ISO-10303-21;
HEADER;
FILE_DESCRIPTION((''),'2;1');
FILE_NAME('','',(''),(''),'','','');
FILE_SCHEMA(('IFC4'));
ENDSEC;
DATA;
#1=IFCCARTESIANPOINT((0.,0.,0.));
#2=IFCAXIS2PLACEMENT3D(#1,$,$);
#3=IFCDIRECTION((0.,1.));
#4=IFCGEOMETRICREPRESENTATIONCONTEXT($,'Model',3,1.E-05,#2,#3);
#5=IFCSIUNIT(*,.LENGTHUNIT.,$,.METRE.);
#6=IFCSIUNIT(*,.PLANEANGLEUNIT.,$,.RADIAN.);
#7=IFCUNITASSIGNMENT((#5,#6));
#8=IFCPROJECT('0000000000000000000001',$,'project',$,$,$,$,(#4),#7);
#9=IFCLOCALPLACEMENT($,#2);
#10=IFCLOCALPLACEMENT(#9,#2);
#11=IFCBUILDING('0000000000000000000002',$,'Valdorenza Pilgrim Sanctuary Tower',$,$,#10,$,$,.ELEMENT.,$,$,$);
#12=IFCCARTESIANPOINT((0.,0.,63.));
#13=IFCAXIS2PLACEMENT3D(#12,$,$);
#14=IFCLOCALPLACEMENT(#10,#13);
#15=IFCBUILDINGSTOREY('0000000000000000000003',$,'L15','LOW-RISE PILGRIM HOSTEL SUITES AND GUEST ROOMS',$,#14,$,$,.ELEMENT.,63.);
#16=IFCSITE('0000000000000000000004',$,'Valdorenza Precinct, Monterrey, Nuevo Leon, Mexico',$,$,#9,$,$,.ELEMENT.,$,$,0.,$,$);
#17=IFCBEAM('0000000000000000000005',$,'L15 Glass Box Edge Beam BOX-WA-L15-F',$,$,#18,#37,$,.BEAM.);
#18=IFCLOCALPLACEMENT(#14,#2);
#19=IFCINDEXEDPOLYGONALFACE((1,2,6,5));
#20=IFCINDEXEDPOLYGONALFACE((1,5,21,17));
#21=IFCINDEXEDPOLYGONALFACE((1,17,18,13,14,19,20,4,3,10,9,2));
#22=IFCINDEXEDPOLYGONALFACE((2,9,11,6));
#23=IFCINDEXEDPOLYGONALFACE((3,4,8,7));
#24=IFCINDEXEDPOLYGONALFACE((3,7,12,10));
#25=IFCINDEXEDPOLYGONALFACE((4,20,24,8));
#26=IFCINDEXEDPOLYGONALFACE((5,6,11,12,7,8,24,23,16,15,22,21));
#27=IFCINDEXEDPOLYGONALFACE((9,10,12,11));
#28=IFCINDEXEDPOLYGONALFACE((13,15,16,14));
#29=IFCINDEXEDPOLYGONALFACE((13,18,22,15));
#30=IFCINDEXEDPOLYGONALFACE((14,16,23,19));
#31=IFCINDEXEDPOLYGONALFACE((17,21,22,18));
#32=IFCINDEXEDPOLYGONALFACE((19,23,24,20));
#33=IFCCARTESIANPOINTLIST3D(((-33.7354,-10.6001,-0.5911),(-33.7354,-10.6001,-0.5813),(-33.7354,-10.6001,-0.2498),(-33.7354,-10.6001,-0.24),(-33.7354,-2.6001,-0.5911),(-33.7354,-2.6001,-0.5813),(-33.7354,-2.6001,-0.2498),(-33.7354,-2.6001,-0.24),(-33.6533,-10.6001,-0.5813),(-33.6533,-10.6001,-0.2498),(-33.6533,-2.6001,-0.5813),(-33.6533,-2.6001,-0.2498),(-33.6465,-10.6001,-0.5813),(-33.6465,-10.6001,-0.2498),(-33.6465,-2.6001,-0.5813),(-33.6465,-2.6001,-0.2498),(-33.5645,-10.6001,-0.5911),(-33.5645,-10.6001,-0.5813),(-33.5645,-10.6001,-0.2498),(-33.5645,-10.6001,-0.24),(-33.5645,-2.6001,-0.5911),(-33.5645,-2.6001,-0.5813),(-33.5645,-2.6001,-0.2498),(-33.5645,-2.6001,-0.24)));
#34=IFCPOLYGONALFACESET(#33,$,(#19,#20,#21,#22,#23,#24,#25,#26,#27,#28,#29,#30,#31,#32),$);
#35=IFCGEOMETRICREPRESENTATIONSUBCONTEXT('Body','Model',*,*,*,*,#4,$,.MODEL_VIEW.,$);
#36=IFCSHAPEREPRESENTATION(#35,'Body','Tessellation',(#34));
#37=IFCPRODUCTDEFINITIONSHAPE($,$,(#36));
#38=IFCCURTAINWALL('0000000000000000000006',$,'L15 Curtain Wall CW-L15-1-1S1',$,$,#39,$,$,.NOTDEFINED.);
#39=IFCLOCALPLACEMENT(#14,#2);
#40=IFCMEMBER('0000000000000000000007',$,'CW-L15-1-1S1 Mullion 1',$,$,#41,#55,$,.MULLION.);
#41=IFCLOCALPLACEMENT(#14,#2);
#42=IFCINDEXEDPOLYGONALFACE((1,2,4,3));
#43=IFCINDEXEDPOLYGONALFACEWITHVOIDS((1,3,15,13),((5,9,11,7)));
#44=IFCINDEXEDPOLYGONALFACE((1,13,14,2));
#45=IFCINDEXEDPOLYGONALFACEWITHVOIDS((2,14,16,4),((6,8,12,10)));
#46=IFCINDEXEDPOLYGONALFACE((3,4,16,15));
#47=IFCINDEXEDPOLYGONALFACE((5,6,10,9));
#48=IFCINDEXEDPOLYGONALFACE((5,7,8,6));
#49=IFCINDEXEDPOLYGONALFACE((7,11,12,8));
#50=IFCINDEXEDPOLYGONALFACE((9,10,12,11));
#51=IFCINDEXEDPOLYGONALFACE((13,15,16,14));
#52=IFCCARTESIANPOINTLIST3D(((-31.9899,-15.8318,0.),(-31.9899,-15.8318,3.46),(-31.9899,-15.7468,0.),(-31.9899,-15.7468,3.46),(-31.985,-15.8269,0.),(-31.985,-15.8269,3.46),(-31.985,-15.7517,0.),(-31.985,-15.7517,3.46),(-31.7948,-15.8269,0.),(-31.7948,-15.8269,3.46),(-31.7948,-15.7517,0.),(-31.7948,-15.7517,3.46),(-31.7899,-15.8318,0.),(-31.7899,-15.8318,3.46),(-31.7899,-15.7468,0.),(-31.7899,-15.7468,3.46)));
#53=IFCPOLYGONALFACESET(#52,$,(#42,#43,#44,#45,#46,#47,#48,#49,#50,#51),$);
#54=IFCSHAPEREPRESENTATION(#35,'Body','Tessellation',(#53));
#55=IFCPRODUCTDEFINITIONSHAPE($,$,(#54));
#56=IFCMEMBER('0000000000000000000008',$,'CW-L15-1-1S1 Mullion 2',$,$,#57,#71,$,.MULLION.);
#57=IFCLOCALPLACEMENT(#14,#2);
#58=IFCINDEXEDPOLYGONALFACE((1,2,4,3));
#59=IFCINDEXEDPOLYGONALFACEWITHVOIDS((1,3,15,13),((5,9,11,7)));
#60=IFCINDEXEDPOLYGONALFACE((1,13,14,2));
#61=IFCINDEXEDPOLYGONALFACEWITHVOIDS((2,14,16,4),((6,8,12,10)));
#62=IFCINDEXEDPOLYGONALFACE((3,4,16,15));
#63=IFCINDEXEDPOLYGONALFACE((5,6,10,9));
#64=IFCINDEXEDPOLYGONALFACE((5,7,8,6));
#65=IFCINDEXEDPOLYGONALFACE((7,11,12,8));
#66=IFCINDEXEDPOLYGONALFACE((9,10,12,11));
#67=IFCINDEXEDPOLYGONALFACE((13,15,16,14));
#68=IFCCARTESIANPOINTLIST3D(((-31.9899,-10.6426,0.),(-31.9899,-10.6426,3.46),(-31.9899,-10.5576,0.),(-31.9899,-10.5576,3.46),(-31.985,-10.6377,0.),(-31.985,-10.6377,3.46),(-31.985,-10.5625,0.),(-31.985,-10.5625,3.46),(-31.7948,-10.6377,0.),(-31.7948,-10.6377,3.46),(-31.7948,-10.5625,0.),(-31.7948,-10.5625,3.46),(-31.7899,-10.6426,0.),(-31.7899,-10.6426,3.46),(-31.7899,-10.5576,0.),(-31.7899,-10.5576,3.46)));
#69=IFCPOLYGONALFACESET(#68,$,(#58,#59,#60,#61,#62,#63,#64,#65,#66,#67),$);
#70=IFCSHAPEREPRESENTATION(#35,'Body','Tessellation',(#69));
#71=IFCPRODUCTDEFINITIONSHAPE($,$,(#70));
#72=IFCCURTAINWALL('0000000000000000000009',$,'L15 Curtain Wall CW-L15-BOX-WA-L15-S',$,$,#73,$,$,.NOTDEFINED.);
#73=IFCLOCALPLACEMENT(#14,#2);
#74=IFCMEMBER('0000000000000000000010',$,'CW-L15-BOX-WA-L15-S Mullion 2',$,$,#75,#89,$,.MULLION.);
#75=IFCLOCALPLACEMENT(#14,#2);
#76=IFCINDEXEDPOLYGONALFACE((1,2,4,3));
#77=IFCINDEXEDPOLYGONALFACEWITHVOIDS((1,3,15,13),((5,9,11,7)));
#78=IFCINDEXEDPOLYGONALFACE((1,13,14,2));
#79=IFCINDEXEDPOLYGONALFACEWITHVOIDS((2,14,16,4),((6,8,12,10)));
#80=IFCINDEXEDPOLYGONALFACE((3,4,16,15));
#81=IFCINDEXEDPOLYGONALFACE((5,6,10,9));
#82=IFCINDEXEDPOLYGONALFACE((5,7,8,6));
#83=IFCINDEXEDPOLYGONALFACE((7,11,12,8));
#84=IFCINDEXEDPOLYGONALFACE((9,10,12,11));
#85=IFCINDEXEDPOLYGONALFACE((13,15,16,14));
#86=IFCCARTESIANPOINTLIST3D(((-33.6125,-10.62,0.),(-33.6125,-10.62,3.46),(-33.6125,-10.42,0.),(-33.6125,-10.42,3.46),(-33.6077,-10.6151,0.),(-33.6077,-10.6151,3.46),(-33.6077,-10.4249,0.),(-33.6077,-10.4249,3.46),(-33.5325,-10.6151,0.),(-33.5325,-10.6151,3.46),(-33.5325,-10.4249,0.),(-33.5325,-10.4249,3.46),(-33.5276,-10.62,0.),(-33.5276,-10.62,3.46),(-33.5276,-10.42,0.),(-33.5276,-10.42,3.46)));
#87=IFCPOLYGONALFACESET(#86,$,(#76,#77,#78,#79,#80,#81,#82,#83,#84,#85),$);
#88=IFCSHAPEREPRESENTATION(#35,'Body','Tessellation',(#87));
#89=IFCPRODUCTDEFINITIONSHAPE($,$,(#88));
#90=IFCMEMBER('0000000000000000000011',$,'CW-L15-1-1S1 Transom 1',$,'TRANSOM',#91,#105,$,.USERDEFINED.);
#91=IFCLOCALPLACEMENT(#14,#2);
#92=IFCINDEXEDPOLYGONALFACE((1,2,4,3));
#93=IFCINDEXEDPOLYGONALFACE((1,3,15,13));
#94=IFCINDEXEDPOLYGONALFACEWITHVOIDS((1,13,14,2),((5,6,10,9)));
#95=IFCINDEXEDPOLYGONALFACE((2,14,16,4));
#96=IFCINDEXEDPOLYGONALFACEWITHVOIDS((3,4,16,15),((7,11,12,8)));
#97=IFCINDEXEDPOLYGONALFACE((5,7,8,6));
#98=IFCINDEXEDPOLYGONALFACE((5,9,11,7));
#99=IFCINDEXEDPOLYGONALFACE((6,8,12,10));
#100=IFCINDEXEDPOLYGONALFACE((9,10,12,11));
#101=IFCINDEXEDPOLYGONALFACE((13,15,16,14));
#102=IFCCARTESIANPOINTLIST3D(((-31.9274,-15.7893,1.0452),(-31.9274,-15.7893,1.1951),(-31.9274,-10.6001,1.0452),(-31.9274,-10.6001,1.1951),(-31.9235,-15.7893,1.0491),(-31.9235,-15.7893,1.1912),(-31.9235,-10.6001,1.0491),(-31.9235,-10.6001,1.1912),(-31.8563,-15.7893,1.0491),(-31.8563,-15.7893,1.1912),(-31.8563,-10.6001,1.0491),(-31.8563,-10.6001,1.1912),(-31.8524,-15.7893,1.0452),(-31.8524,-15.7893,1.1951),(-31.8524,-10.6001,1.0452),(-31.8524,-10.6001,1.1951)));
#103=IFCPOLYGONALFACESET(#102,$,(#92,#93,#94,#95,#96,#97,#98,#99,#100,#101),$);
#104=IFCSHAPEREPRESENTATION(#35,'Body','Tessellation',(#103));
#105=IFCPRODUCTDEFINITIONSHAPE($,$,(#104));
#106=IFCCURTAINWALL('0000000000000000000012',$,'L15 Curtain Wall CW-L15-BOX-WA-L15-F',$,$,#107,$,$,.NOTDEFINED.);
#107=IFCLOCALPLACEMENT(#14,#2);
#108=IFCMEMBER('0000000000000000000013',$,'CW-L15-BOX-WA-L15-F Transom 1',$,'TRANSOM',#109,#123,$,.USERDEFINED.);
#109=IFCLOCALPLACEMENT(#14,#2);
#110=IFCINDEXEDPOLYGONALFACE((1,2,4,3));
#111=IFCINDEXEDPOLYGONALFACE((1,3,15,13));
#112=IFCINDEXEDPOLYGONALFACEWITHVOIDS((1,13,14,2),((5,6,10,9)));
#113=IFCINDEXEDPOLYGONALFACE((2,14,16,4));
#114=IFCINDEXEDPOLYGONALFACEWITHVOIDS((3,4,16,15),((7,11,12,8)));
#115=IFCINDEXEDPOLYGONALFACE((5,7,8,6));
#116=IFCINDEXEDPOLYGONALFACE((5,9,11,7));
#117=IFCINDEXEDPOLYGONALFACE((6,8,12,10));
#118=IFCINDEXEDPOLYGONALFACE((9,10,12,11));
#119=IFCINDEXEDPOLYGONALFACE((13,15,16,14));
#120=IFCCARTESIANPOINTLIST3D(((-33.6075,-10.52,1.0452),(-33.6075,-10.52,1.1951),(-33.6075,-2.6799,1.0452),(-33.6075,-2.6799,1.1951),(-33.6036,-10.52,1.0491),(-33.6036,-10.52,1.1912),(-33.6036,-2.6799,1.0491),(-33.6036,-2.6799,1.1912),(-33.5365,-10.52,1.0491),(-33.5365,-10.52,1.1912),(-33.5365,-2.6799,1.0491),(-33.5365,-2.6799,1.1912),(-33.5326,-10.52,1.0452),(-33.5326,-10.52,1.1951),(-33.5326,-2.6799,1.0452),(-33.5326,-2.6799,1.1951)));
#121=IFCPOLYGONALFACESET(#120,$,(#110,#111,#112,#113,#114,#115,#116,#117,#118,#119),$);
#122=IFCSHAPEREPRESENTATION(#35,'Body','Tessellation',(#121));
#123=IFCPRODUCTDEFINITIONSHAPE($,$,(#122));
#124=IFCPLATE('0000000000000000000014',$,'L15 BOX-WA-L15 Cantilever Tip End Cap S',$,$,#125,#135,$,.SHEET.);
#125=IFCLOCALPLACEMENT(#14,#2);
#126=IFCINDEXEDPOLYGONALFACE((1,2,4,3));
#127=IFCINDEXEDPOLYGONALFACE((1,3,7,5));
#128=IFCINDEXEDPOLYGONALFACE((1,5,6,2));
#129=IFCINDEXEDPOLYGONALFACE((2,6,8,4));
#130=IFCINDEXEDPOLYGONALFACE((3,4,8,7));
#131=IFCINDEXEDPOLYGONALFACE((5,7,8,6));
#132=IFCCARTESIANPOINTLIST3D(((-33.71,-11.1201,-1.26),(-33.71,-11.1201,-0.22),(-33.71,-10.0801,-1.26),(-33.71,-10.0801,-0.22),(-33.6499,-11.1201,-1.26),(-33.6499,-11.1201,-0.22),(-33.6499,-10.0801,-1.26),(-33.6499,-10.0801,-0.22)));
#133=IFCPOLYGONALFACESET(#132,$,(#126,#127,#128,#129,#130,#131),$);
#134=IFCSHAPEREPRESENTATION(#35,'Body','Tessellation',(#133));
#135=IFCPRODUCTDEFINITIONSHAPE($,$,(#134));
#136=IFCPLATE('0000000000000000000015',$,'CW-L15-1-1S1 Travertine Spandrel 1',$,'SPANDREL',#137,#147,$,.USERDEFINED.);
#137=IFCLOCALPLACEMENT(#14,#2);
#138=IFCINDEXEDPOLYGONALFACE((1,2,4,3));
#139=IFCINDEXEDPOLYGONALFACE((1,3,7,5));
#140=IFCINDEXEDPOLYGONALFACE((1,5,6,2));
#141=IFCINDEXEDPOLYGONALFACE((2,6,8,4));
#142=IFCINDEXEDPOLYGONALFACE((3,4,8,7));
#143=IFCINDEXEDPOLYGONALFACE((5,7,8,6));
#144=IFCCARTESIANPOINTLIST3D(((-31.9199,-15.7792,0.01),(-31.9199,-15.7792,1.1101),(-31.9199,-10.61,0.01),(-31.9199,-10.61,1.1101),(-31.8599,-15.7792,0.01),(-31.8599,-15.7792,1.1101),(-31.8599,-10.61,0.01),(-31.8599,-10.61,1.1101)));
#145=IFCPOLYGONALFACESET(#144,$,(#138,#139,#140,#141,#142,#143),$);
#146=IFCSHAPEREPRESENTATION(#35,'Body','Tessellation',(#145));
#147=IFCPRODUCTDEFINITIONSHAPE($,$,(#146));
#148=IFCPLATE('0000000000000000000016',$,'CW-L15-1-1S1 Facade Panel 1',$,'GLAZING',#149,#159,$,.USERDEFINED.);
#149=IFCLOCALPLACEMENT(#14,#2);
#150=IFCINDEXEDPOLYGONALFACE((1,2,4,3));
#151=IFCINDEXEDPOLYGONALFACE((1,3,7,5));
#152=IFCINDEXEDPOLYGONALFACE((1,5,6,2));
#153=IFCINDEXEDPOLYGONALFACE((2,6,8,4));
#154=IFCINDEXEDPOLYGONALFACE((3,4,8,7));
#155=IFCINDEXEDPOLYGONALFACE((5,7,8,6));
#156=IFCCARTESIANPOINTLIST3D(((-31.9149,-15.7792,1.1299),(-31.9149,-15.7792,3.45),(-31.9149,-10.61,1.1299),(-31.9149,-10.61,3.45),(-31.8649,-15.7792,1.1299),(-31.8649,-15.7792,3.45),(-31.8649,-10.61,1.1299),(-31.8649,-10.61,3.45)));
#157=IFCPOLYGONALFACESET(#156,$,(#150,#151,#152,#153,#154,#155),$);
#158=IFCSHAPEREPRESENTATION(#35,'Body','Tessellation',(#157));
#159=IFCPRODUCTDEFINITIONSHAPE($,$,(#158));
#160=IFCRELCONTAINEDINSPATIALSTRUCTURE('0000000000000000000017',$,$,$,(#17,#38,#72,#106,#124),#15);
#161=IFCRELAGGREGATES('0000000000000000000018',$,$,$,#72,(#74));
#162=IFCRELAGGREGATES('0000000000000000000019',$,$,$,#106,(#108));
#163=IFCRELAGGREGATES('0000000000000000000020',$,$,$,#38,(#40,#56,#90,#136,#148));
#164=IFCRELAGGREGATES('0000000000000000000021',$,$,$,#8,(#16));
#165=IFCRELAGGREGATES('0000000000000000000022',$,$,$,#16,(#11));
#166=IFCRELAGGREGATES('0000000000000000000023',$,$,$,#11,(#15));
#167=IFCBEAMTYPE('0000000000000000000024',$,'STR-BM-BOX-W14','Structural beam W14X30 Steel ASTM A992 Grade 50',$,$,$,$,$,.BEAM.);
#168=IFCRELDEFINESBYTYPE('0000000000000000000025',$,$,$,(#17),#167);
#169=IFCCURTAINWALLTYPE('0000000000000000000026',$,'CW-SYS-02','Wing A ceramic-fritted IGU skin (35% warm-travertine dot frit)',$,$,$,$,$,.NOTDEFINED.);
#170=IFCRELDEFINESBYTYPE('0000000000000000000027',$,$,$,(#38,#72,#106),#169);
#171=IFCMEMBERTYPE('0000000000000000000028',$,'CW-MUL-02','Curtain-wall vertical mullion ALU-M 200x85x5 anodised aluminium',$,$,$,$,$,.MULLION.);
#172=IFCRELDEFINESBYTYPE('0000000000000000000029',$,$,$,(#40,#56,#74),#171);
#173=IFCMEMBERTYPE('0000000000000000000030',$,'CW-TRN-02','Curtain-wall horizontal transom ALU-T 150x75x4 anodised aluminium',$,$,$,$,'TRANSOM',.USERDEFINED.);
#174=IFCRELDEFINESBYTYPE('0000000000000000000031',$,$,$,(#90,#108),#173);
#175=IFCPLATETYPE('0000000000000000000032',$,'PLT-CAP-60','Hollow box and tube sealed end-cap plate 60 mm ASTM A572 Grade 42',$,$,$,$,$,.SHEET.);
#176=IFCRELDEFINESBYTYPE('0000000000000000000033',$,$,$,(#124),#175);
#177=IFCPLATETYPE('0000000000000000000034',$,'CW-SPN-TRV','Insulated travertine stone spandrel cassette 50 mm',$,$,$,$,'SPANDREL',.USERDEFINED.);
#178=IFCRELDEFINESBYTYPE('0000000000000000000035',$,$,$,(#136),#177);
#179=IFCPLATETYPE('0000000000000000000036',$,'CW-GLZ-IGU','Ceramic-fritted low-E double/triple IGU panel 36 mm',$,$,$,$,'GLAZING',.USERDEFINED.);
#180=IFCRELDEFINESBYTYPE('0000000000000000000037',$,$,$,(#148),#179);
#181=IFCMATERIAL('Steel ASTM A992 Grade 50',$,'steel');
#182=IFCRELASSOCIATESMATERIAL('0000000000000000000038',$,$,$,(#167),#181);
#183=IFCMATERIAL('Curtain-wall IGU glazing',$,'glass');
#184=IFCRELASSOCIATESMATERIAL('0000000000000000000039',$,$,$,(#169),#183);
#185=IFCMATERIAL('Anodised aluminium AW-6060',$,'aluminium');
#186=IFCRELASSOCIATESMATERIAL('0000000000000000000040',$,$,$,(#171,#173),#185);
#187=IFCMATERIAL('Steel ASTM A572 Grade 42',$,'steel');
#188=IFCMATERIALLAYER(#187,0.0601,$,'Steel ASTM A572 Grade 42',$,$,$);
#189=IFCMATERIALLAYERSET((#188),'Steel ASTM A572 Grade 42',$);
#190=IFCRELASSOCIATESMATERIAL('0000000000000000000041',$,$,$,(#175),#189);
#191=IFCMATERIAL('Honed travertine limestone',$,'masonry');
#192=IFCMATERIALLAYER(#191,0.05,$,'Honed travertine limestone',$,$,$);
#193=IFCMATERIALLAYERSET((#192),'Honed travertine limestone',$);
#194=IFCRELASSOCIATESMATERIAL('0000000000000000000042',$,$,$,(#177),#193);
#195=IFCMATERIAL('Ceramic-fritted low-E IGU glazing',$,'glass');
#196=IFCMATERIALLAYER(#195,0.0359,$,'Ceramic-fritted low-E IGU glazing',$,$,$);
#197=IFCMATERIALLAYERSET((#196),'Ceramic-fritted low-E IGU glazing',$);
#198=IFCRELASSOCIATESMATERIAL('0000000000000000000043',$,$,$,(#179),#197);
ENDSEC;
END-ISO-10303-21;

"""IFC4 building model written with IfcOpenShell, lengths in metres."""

from ifc_helpers import new_model, si_unit, direction, frame, origin, origin_2d, place, context, subcontext, project, spatial, rectangle, hollow_rectangle, i_section, extrude, source, transform, mapped, material, layer, layer_set, material_profile, profile_set, type_object, element, aggregate, save


model = new_model("IFC4")

# Units and contexts
model_context = context("Model", 3, precision=1e-05, world=origin(), true_north=direction((0.0, 1.0)))
body_context = subcontext(model_context, "Body", "Model", "MODEL_VIEW")
ifc_project = project(units=[si_unit("LENGTHUNIT", "METRE"), si_unit("PLANEANGLEUNIT", "RADIAN")], contexts=[model_context])

# Site, building, storey
site_placement = place(None, origin())
site = spatial("IfcSite", under=ifc_project, at=site_placement, Name="Valdorenza Precinct, Monterrey, Nuevo Leon, Mexico", CompositionType="ELEMENT", RefElevation=0.0)
building_placement = place(site_placement, origin())
building = spatial("IfcBuilding", under=site, at=building_placement, Name="Valdorenza Pilgrim Sanctuary Tower", CompositionType="ELEMENT")
storey_placement = place(building_placement, frame((0.0, 0.0, 63.0)))
storey = spatial("IfcBuildingStorey", under=building, at=storey_placement, Name="L15", Description="LOW-RISE PILGRIM HOSTEL SUITES AND GUEST ROOMS", CompositionType="ELEMENT", Elevation=63.0)

# Beam
ifc_material_1 = material(Name="Steel ASTM A992 Grade 50", Category="steel")
ifc_material_profile_1 = material_profile(ifc_material_1, i_section(OverallWidth=0.1709, OverallDepth=0.3511, WebThickness=0.0068, FlangeThickness=0.0098, at=origin_2d()), Name="W14X30")
ifc_profile_set_1 = profile_set([ifc_material_profile_1], Name="Steel ASTM A992 Grade 50")
beam_type = type_object("IfcBeamType", Name="STR-BM-BOX-W14", Description="Structural beam W14X30 Steel ASTM A992 Grade 50", PredefinedType="BEAM", material=ifc_profile_set_1)
shared_shape_1 = source(origin(), body_context, "Body", "SweptSolid", [
    extrude(i_section(OverallWidth=0.1709, OverallDepth=0.3511, WebThickness=0.0068, FlangeThickness=0.0098, at=origin_2d()), origin(), (0.0, 0.0, 1.0), 8.0),
])
beam_placement = place(storey_placement, frame((-33.6499, -10.6001, -0.4155), z_axis=(0.0, 1.0, 0.0), x_axis=(-1.0, 0.0, 0.0)))
element("IfcBeam", 1, at=beam_placement, inside=storey, type_object=beam_type, Name="L15 Glass Box Edge Beam BOX-WA-L15-F", PredefinedType="BEAM", context=body_context, shape_type="MappedRepresentation", body=[
    mapped(shared_shape_1, transform((0.0, 0.0, 0.0), x_axis=(1.0, 0.0, 0.0), y_axis=(0.0, 1.0, 0.0), z_axis=(0.0, 0.0, 1.0), scale=1.0)),
])

# Curtain wall, members
ifc_material_2 = material(Name="Curtain-wall IGU glazing", Category="glass")
curtain_wall_type = type_object("IfcCurtainWallType", Name="CW-SYS-02", Description="Wing A ceramic-fritted IGU skin (35% warm-travertine dot frit)", PredefinedType="NOTDEFINED", material=ifc_material_2)
curtain_wall_1_placement = place(storey_placement, origin())
curtain_wall_1 = element("IfcCurtainWall", 2, at=curtain_wall_1_placement, inside=storey, type_object=curtain_wall_type, Name="L15 Curtain Wall CW-L15-1-1S1", PredefinedType="NOTDEFINED")
ifc_material_3 = material(Name="Anodised aluminium AW-6060", Category="aluminium")
ifc_material_profile_2 = material_profile(ifc_material_3, hollow_rectangle(XDim=0.085, YDim=0.2, WallThickness=0.0049, at=origin_2d()), Name="ALU-M 200x85x5")
ifc_profile_set_2 = profile_set([ifc_material_profile_2], Name="Anodised aluminium AW-6060")
member_type_1 = type_object("IfcMemberType", Name="CW-MUL-02", Description="Curtain-wall vertical mullion ALU-M 200x85x5 anodised aluminium", PredefinedType="MULLION", material=ifc_profile_set_2)
shared_shape_2 = source(origin(), body_context, "Body", "SweptSolid", [
    extrude(hollow_rectangle(XDim=0.085, YDim=0.2, WallThickness=0.0049, at=origin_2d()), origin(), (0.0, 0.0, 1.0), 3.46),
])
member_1_placement = place(storey_placement, frame((-31.8899, -15.7893, 0.0), z_axis=(0.0, 0.0, 1.0), x_axis=(0.0, 1.0, 0.0)))
member_1 = element("IfcMember", 3, at=member_1_placement, type_object=member_type_1, Name="CW-L15-1-1S1 Mullion 1", PredefinedType="MULLION", context=body_context, shape_type="MappedRepresentation", body=[
    mapped(shared_shape_2, transform((0.0, 0.0, 0.0), x_axis=(1.0, 0.0, 0.0), y_axis=(0.0, 1.0, 0.0), z_axis=(0.0, 0.0, 1.0), scale=1.0)),
])
member_2_placement = place(storey_placement, frame((-31.8899, -10.6001, 0.0), z_axis=(0.0, 0.0, 1.0), x_axis=(0.0, 1.0, 0.0)))
member_2 = element("IfcMember", 4, at=member_2_placement, type_object=member_type_1, Name="CW-L15-1-1S1 Mullion 2", PredefinedType="MULLION", context=body_context, shape_type="MappedRepresentation", body=[
    mapped(shared_shape_2, transform((0.0, 0.0, 0.0), x_axis=(1.0, 0.0, 0.0), y_axis=(0.0, 1.0, 0.0), z_axis=(0.0, 0.0, 1.0), scale=1.0)),
])

# Curtain wall, member
curtain_wall_2_placement = place(storey_placement, origin())
curtain_wall_2 = element("IfcCurtainWall", 5, at=curtain_wall_2_placement, inside=storey, type_object=curtain_wall_type, Name="L15 Curtain Wall CW-L15-BOX-WA-L15-S", PredefinedType="NOTDEFINED")
member_3_placement = place(storey_placement, frame((-33.5701, -10.52, 0.0), z_axis=(0.0, 0.0, 1.0), x_axis=(-1.0, 0.0, 0.0)))
member_3 = element("IfcMember", 6, at=member_3_placement, type_object=member_type_1, Name="CW-L15-BOX-WA-L15-S Mullion 2", PredefinedType="MULLION", context=body_context, shape_type="MappedRepresentation", body=[
    mapped(shared_shape_2, transform((0.0, 0.0, 0.0), x_axis=(1.0, 0.0, 0.0), y_axis=(0.0, 1.0, 0.0), z_axis=(0.0, 0.0, 1.0), scale=1.0)),
])
aggregate(curtain_wall_2, [member_3])

# Member
ifc_material_profile_3 = material_profile(ifc_material_3, hollow_rectangle(XDim=0.075, YDim=0.1499, WallThickness=0.0039, at=origin_2d()), Name="ALU-T 150x75x4")
ifc_profile_set_3 = profile_set([ifc_material_profile_3], Name="Anodised aluminium AW-6060")
member_type_2 = type_object("IfcMemberType", Name="CW-TRN-02", Description="Curtain-wall horizontal transom ALU-T 150x75x4 anodised aluminium", ElementType="TRANSOM", PredefinedType="USERDEFINED", material=ifc_profile_set_3)
shared_shape_3 = source(origin(), body_context, "Body", "SweptSolid", [
    extrude(hollow_rectangle(XDim=0.075, YDim=0.1499, WallThickness=0.0039, at=origin_2d()), origin(), (0.0, 0.0, 1.0), 5.1892),
])
member_4_placement = place(storey_placement, frame((-31.8899, -15.7893, 1.1201), z_axis=(0.0, 1.0, 0.0), x_axis=(-1.0, 0.0, 0.0)))
member_4 = element("IfcMember", 7, at=member_4_placement, type_object=member_type_2, Name="CW-L15-1-1S1 Transom 1", ObjectType="TRANSOM", PredefinedType="USERDEFINED", context=body_context, shape_type="MappedRepresentation", body=[
    mapped(shared_shape_3, transform((0.0, 0.0, 0.0), x_axis=(1.0, 0.0, 0.0), y_axis=(0.0, 1.0, 0.0), z_axis=(0.0, 0.0, 1.0), scale=1.0)),
])

# Curtain wall, member
curtain_wall_3_placement = place(storey_placement, origin())
curtain_wall_3 = element("IfcCurtainWall", 8, at=curtain_wall_3_placement, inside=storey, type_object=curtain_wall_type, Name="L15 Curtain Wall CW-L15-BOX-WA-L15-F", PredefinedType="NOTDEFINED")
shared_shape_4 = source(origin(), body_context, "Body", "SweptSolid", [
    extrude(hollow_rectangle(XDim=0.075, YDim=0.1499, WallThickness=0.0039, at=origin_2d()), origin(), (0.0, 0.0, 1.0), 7.8401),
])
member_5_placement = place(storey_placement, frame((-33.5701, -10.52, 1.1201), z_axis=(0.0, 1.0, 0.0), x_axis=(-1.0, 0.0, 0.0)))
member_5 = element("IfcMember", 9, at=member_5_placement, type_object=member_type_2, Name="CW-L15-BOX-WA-L15-F Transom 1", ObjectType="TRANSOM", PredefinedType="USERDEFINED", context=body_context, shape_type="MappedRepresentation", body=[
    mapped(shared_shape_4, transform((0.0, 0.0, 0.0), x_axis=(1.0, 0.0, 0.0), y_axis=(0.0, 1.0, 0.0), z_axis=(0.0, 0.0, 1.0), scale=1.0)),
])
aggregate(curtain_wall_3, [member_5])

# Plates
ifc_material_4 = material(Name="Steel ASTM A572 Grade 42", Category="steel")
ifc_layer_1 = layer(ifc_material_4, 0.0601, Name="Steel ASTM A572 Grade 42")
ifc_layer_set_1 = layer_set([ifc_layer_1], Name="Steel ASTM A572 Grade 42")
plate_type_1 = type_object("IfcPlateType", Name="PLT-CAP-60", Description="Hollow box and tube sealed end-cap plate 60 mm ASTM A572 Grade 42", PredefinedType="SHEET", material=ifc_layer_set_1)
shared_shape_5 = source(origin(), body_context, "Body", "SweptSolid", [
    extrude(rectangle(XDim=0.0601, YDim=1.04, at=origin_2d()), origin(), (0.0, 0.0, 1.0), 1.04),
])
plate_1_placement = place(storey_placement, frame((-33.6799, -10.6001, -1.26), z_axis=(0.0, 0.0, 1.0), x_axis=(1.0, 0.0, 0.0)))
element("IfcPlate", 10, at=plate_1_placement, inside=storey, type_object=plate_type_1, Name="L15 BOX-WA-L15 Cantilever Tip End Cap S", PredefinedType="SHEET", context=body_context, shape_type="MappedRepresentation", body=[
    mapped(shared_shape_5, transform((0.0, 0.0, 0.0), x_axis=(1.0, 0.0, 0.0), y_axis=(0.0, 1.0, 0.0), z_axis=(0.0, 0.0, 1.0), scale=1.0)),
])
ifc_material_5 = material(Name="Honed travertine limestone", Category="masonry")
ifc_layer_2 = layer(ifc_material_5, 0.05, Name="Honed travertine limestone")
ifc_layer_set_2 = layer_set([ifc_layer_2], Name="Honed travertine limestone")
plate_type_2 = type_object("IfcPlateType", Name="CW-SPN-TRV", Description="Insulated travertine stone spandrel cassette 50 mm", ElementType="SPANDREL", PredefinedType="USERDEFINED", material=ifc_layer_set_2)
shared_shape_6 = source(origin(), body_context, "Body", "SweptSolid", [
    extrude(rectangle(XDim=5.1692, YDim=0.0601, at=origin_2d()), origin(), (0.0, 0.0, 1.0), 1.1001),
])
plate_2_placement = place(storey_placement, frame((-31.8899, -13.1946, 0.01), z_axis=(0.0, 0.0, 1.0), x_axis=(0.0, 1.0, 0.0)))
plate_2 = element("IfcPlate", 11, at=plate_2_placement, type_object=plate_type_2, Name="CW-L15-1-1S1 Travertine Spandrel 1", ObjectType="SPANDREL", PredefinedType="USERDEFINED", context=body_context, shape_type="MappedRepresentation", body=[
    mapped(shared_shape_6, transform((0.0, 0.0, 0.0), x_axis=(1.0, 0.0, 0.0), y_axis=(0.0, 1.0, 0.0), z_axis=(0.0, 0.0, 1.0), scale=1.0)),
])
ifc_material_6 = material(Name="Ceramic-fritted low-E IGU glazing", Category="glass")
ifc_layer_3 = layer(ifc_material_6, 0.0359, Name="Ceramic-fritted low-E IGU glazing")
ifc_layer_set_3 = layer_set([ifc_layer_3], Name="Ceramic-fritted low-E IGU glazing")
plate_type_3 = type_object("IfcPlateType", Name="CW-GLZ-IGU", Description="Ceramic-fritted low-E double/triple IGU panel 36 mm", ElementType="GLAZING", PredefinedType="USERDEFINED", material=ifc_layer_set_3)
shared_shape_7 = source(origin(), body_context, "Body", "SweptSolid", [
    extrude(rectangle(XDim=5.1692, YDim=0.05, at=origin_2d()), origin(), (0.0, 0.0, 1.0), 2.3201),
])
plate_3_placement = place(storey_placement, frame((-31.8899, -13.1946, 1.1299), z_axis=(0.0, 0.0, 1.0), x_axis=(0.0, 1.0, 0.0)))
plate_3 = element("IfcPlate", 12, at=plate_3_placement, type_object=plate_type_3, Name="CW-L15-1-1S1 Facade Panel 1", ObjectType="GLAZING", PredefinedType="USERDEFINED", context=body_context, shape_type="MappedRepresentation", body=[
    mapped(shared_shape_7, transform((0.0, 0.0, 0.0), x_axis=(1.0, 0.0, 0.0), y_axis=(0.0, 1.0, 0.0), z_axis=(0.0, 0.0, 1.0), scale=1.0)),
])
aggregate(curtain_wall_1, [member_1, member_2, member_4, plate_2, plate_3])

save(model, "model.ifc")
